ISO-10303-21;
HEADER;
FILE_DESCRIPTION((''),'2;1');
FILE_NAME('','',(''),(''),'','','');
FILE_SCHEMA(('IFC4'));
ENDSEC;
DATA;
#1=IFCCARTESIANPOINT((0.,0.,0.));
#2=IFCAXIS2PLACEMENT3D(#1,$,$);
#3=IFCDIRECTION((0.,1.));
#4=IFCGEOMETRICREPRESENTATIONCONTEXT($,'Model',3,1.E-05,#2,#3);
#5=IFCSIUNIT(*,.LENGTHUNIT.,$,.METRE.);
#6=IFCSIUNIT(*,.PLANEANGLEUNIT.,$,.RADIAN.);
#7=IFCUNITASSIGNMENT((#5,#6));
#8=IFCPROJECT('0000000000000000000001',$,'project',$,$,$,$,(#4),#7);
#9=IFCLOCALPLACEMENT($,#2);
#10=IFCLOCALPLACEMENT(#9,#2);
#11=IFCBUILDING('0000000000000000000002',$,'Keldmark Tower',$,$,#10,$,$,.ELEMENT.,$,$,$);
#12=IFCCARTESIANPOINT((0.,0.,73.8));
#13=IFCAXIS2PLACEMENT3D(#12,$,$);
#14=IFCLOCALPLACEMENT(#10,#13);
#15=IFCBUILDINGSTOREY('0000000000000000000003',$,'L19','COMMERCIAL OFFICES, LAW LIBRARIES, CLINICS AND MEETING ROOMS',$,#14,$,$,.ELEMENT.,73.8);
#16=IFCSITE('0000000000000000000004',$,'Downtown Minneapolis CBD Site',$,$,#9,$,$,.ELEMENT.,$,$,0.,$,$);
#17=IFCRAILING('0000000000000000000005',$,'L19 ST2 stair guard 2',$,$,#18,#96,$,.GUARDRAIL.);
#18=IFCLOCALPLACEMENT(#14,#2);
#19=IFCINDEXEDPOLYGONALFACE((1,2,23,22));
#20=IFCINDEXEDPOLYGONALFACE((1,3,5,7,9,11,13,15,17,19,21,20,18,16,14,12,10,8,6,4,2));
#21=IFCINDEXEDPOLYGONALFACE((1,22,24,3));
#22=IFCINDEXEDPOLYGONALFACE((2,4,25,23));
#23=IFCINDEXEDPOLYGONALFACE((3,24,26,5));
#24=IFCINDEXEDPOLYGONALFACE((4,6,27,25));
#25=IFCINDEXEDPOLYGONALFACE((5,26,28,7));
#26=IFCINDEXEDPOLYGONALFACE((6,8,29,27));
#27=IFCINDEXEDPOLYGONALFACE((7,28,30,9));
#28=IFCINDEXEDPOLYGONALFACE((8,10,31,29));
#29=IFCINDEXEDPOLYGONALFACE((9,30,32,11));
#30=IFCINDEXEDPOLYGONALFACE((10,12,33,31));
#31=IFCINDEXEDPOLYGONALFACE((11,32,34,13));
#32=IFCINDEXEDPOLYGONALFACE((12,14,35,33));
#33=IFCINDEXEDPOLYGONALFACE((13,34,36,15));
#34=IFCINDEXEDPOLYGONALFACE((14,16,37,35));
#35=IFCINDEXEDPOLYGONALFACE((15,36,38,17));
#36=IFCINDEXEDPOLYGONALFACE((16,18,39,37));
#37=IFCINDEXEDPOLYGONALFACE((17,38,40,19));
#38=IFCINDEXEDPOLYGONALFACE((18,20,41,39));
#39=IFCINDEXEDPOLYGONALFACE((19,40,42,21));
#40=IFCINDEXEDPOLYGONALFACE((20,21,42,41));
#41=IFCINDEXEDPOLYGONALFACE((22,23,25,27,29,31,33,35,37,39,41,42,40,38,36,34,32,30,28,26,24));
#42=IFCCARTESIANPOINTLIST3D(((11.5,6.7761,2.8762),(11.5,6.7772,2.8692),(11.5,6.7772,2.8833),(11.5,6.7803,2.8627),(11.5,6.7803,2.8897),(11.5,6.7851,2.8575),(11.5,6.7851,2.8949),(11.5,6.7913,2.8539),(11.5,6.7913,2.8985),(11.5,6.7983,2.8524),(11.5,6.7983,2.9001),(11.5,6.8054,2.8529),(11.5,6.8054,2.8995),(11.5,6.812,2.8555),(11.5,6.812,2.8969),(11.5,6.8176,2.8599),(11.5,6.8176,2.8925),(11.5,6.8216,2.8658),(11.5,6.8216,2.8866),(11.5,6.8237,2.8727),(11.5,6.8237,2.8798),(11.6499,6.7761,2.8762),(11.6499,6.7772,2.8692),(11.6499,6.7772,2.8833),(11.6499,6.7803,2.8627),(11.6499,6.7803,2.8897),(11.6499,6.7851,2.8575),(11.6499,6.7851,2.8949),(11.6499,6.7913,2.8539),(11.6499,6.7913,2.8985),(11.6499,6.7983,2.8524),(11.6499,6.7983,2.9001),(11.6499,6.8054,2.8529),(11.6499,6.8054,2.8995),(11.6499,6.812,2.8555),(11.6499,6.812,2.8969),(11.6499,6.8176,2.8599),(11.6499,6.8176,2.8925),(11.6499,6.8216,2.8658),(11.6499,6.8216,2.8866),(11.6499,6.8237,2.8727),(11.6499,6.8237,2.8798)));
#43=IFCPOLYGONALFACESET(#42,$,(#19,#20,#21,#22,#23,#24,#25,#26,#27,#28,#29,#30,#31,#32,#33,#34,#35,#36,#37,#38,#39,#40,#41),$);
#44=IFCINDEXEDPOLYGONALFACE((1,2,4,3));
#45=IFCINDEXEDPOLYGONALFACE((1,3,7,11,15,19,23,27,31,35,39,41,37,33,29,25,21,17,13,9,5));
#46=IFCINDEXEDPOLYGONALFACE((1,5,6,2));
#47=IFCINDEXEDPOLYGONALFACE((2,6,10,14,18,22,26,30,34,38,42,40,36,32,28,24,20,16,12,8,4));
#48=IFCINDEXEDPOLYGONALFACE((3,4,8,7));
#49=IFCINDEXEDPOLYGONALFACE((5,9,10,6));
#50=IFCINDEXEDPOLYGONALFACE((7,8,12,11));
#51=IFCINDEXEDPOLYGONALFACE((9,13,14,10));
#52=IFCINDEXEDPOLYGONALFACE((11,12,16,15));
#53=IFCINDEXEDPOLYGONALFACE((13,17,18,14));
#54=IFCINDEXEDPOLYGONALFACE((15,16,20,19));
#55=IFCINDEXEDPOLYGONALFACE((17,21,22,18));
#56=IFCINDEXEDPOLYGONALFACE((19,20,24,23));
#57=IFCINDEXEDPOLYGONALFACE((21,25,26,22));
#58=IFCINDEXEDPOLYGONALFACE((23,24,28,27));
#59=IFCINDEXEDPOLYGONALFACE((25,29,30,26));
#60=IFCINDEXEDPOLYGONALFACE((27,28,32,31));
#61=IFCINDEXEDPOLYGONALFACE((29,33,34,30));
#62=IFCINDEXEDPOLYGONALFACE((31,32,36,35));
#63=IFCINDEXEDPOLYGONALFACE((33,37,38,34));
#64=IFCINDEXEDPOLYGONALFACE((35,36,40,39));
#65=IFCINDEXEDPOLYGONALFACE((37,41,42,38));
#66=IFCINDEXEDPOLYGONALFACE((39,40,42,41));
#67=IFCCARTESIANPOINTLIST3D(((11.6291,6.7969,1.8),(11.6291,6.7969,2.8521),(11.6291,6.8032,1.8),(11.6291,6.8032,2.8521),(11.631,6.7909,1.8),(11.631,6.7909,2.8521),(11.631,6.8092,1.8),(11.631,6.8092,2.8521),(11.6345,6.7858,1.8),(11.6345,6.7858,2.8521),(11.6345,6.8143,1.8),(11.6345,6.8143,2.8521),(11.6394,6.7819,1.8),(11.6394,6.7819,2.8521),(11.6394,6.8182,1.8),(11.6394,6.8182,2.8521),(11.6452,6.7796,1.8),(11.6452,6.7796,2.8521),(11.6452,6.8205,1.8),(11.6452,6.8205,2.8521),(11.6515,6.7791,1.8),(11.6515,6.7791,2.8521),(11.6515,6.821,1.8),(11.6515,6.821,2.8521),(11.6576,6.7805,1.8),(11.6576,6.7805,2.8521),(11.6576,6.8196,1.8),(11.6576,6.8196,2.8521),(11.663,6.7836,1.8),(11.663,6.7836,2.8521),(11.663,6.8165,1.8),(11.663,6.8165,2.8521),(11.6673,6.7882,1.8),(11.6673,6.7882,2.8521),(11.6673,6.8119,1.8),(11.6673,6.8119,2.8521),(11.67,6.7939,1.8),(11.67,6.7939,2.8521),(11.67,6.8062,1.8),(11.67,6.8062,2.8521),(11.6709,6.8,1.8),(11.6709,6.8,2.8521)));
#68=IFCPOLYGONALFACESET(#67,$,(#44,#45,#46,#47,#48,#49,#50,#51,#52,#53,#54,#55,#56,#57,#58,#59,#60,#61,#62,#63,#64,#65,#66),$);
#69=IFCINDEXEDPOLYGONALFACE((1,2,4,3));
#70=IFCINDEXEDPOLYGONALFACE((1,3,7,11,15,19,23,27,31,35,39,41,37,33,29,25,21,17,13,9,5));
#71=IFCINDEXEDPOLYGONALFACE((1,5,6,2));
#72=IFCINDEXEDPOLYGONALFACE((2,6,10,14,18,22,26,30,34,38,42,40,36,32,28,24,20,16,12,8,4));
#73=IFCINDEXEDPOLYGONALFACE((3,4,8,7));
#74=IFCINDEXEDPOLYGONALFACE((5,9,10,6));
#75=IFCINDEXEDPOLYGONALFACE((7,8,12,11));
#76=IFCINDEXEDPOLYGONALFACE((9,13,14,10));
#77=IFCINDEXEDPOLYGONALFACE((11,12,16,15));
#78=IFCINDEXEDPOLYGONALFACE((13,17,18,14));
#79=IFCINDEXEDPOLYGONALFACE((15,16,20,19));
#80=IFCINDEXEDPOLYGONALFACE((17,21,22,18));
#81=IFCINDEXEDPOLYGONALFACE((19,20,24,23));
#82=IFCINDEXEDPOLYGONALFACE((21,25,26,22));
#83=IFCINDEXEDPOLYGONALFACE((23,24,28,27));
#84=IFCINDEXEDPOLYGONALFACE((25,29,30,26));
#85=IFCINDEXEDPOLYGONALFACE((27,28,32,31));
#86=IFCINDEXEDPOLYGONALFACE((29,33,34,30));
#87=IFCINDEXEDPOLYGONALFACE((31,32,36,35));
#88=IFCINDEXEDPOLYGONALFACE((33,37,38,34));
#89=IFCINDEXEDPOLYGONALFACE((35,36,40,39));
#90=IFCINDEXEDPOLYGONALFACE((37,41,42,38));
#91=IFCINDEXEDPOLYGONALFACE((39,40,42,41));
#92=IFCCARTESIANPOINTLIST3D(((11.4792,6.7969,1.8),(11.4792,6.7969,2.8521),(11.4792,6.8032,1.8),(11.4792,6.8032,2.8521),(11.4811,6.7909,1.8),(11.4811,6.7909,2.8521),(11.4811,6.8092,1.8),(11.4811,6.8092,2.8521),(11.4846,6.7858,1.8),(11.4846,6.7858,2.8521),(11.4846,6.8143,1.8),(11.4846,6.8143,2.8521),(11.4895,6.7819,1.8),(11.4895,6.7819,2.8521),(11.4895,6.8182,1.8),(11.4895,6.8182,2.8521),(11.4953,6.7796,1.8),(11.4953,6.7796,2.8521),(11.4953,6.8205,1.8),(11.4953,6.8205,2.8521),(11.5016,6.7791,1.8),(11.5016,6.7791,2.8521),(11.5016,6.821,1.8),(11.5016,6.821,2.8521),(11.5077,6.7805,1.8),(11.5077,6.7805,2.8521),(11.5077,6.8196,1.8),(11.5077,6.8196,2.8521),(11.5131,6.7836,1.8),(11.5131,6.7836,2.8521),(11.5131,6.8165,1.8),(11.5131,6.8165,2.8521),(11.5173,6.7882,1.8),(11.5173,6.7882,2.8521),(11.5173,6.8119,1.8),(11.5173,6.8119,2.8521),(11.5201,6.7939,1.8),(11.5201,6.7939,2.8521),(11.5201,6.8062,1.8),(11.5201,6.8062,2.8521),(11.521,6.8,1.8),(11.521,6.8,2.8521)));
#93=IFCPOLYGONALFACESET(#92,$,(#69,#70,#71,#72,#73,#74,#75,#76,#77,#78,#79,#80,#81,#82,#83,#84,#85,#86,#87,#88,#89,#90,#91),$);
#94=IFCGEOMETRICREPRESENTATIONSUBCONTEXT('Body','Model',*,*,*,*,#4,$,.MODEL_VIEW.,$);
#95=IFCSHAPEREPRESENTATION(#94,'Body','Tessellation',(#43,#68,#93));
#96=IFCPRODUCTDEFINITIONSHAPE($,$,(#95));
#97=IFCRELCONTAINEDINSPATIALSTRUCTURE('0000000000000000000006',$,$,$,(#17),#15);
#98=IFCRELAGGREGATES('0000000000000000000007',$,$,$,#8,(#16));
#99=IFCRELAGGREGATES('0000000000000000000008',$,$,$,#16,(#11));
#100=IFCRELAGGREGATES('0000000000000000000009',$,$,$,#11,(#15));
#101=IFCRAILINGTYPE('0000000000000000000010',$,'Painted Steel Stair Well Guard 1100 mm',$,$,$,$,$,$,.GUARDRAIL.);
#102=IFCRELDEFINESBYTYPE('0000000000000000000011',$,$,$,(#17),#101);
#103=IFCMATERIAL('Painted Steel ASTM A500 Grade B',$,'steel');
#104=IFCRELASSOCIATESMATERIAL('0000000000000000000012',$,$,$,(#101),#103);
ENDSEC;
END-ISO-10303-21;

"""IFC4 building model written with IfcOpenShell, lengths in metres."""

from ifc_helpers import new_model, si_unit, direction, frame, origin, origin_2d, place, context, subcontext, project, spatial, circle, extrude, material, type_object, element, save


model = new_model("IFC4")

# Units and contexts
model_context = context("Model", 3, precision=1e-05, world=origin(), true_north=direction((0.0, 1.0)))
body_context = subcontext(model_context, "Body", "Model", "MODEL_VIEW")
ifc_project = project(units=[si_unit("LENGTHUNIT", "METRE"), si_unit("PLANEANGLEUNIT", "RADIAN")], contexts=[model_context])

# Site, building, storey
site_placement = place(None, origin())
site = spatial("IfcSite", under=ifc_project, at=site_placement, Name="Downtown Minneapolis CBD Site", CompositionType="ELEMENT", RefElevation=0.0)
building_placement = place(site_placement, origin())
building = spatial("IfcBuilding", under=site, at=building_placement, Name="Keldmark Tower", CompositionType="ELEMENT")
storey_placement = place(building_placement, frame((0.0, 0.0, 73.8)))
storey = spatial("IfcBuildingStorey", under=building, at=storey_placement, Name="L19", Description="COMMERCIAL OFFICES, LAW LIBRARIES, CLINICS AND MEETING ROOMS", CompositionType="ELEMENT", Elevation=73.8)

# Railing
ifc_material_1 = material(Name="Painted Steel ASTM A500 Grade B", Category="steel")
railing_type_1 = type_object("IfcRailingType", Name="Painted Steel Stair Well Guard 1100 mm", PredefinedType="GUARDRAIL", material=ifc_material_1)
railing_1_placement = place(storey_placement, frame((11.6499, 6.8, 1.8)))
element("IfcRailing", 1, at=railing_1_placement, inside=storey, type_object=railing_type_1, Name="L19 ST2 stair guard 2", PredefinedType="GUARDRAIL", context=body_context, shape_type="SweptSolid", body=[
    extrude(circle(Radius=0.0239, at=origin_2d()), frame((0.0, 0.0, 1.0762), z_axis=(-1.0, 0.0, 0.0), x_axis=(0.0, -1.0, 0.0)), (0.0, 0.0, 1.0), 0.1499),
    extrude(circle(Radius=0.021, at=origin_2d()), origin(), (0.0, 0.0, 1.0), 1.052),
    extrude(circle(Radius=0.021, at=origin_2d()), frame((-0.1499, 0.0, 0.0)), (0.0, 0.0, 1.0), 1.052),
])

save(model, "model.ifc")
